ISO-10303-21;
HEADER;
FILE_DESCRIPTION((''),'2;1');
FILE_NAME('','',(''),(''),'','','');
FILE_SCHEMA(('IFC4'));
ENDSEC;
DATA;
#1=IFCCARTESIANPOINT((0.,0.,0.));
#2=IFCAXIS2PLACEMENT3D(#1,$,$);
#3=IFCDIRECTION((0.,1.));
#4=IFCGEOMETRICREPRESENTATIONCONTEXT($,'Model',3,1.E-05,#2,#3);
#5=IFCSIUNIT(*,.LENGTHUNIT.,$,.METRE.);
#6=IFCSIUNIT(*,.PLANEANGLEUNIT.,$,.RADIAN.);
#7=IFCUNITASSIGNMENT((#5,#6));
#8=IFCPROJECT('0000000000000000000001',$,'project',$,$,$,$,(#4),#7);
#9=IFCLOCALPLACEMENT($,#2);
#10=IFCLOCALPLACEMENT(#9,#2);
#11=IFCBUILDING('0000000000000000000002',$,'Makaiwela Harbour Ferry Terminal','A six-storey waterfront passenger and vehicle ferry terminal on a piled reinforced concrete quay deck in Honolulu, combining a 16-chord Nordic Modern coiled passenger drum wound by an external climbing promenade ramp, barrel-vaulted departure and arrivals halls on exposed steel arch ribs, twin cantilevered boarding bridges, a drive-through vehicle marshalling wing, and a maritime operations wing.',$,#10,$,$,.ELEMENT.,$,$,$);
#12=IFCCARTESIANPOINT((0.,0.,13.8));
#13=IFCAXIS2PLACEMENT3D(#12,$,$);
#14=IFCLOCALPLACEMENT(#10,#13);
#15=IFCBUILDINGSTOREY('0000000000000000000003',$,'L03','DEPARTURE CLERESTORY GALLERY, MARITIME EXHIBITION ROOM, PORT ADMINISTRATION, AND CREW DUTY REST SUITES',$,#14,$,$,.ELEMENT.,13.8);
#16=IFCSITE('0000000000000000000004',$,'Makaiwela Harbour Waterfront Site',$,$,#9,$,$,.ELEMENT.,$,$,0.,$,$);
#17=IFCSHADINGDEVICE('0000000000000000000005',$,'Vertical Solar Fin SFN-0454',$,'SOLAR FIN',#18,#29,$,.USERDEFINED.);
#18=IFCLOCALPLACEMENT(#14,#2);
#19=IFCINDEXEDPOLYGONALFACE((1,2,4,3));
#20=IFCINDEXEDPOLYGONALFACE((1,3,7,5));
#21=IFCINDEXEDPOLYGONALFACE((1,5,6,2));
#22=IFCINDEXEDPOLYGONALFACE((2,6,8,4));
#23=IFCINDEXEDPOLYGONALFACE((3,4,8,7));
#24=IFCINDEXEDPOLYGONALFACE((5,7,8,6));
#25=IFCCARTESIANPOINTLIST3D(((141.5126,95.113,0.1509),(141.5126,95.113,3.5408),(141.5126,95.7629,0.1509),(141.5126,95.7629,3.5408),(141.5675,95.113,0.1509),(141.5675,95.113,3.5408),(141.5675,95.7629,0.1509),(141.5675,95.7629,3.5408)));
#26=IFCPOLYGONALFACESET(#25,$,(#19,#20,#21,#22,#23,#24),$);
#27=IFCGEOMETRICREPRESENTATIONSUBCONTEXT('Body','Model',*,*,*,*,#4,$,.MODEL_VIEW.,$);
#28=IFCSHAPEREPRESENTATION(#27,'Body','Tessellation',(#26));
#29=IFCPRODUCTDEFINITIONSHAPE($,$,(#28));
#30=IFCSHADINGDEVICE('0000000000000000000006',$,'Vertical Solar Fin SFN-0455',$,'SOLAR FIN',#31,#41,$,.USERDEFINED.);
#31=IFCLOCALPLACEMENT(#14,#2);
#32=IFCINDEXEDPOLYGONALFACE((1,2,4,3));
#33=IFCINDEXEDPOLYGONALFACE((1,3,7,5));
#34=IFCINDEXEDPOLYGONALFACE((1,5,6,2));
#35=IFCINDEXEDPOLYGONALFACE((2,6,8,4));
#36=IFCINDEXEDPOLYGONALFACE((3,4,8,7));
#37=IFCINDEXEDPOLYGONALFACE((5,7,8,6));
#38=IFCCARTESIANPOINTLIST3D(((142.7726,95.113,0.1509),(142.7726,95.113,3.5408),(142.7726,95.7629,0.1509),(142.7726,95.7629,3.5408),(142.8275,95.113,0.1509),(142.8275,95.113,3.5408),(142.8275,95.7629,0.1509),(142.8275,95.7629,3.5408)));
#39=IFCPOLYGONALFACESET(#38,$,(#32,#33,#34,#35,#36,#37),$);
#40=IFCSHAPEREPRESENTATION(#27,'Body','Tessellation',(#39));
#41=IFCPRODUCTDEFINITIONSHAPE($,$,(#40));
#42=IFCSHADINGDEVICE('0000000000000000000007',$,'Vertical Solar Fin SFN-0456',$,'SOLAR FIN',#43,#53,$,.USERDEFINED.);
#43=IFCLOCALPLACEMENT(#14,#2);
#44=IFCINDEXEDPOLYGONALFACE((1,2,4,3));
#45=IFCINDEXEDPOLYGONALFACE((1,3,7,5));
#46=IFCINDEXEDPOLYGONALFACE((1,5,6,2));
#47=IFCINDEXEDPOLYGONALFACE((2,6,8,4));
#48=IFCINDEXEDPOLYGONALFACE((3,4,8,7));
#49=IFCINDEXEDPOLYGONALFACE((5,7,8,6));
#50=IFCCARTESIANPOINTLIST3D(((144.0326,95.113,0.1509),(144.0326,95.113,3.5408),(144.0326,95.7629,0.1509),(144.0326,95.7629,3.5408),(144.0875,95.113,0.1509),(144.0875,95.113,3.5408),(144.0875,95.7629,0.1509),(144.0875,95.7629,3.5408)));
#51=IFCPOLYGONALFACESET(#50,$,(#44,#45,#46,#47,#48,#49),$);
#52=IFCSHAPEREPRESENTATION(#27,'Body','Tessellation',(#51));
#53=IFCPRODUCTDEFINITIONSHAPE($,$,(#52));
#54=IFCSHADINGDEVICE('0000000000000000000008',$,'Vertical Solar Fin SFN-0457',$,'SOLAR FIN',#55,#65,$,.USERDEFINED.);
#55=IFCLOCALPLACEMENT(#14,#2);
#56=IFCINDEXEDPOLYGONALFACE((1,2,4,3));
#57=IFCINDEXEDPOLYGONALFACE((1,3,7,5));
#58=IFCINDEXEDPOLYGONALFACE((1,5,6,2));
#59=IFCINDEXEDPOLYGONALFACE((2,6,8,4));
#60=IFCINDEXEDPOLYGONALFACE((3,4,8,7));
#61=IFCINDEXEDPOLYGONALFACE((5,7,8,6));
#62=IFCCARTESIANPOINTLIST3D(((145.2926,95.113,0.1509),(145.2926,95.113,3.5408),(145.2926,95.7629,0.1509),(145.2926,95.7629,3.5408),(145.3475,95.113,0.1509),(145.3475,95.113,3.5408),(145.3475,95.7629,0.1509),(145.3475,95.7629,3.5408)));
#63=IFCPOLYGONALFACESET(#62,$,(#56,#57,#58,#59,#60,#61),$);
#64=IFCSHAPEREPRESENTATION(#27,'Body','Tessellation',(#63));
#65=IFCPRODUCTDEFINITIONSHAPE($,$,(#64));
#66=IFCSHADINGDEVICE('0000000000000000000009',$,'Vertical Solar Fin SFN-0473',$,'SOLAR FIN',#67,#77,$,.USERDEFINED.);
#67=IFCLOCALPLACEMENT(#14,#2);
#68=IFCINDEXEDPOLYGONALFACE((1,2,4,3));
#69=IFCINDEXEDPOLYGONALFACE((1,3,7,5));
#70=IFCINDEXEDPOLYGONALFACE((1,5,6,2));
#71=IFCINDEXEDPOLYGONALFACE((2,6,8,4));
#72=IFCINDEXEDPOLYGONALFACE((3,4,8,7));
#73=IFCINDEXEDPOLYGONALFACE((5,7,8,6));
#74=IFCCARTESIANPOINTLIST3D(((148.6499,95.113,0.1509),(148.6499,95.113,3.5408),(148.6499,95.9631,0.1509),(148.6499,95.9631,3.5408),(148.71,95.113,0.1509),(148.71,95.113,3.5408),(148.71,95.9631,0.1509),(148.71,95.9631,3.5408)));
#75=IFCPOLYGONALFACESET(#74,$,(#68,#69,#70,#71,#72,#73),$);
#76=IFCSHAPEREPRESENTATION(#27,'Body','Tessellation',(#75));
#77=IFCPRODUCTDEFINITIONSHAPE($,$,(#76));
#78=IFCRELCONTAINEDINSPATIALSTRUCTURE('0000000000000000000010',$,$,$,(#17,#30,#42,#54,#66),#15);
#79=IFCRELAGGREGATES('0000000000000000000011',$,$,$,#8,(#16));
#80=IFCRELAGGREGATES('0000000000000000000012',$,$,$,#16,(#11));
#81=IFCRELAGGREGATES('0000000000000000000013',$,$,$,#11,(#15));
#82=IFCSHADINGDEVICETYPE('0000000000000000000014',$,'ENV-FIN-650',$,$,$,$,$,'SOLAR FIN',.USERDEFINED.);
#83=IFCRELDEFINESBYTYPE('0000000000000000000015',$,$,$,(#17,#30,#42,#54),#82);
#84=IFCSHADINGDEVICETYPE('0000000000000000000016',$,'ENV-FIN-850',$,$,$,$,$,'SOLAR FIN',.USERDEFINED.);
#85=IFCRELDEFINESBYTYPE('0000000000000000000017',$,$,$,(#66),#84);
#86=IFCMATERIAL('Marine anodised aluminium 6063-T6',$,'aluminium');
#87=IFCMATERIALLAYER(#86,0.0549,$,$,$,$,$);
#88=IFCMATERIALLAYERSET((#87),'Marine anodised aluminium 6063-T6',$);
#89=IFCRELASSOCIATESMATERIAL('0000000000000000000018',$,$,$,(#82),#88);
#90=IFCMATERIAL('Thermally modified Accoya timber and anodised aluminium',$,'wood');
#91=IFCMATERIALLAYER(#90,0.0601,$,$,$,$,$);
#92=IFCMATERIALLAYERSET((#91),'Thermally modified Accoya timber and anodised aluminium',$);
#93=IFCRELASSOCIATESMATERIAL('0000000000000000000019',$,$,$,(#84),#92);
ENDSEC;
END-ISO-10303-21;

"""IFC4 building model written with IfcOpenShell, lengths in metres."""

from ifc_helpers import new_model, si_unit, direction, frame, origin, origin_2d, place, context, subcontext, project, spatial, rectangle, extrude, material, layer, layer_set, type_object, element, save


model = new_model("IFC4")

# Units and contexts
model_context = context("Model", 3, precision=1e-05, world=origin(), true_north=direction((0.0, 1.0)))
body_context = subcontext(model_context, "Body", "Model", "MODEL_VIEW")
ifc_project = project(units=[si_unit("LENGTHUNIT", "METRE"), si_unit("PLANEANGLEUNIT", "RADIAN")], contexts=[model_context])

# Site, building, storey
site_placement = place(None, origin())
site = spatial("IfcSite", under=ifc_project, at=site_placement, Name="Makaiwela Harbour Waterfront Site", CompositionType="ELEMENT", RefElevation=0.0)
building_placement = place(site_placement, origin())
building = spatial("IfcBuilding", under=site, at=building_placement, Name="Makaiwela Harbour Ferry Terminal", Description="A six-storey waterfront passenger and vehicle ferry terminal on a piled reinforced concrete quay deck in Honolulu, combining a 16-chord Nordic Modern coiled passenger drum wound by an external climbing promenade ramp, barrel-vaulted departure and arrivals halls on exposed steel arch ribs, twin cantilevered boarding bridges, a drive-through vehicle marshalling wing, and a maritime operations wing.", CompositionType="ELEMENT")
storey_placement = place(building_placement, frame((0.0, 0.0, 13.8)))
storey = spatial("IfcBuildingStorey", under=building, at=storey_placement, Name="L03", Description="DEPARTURE CLERESTORY GALLERY, MARITIME EXHIBITION ROOM, PORT ADMINISTRATION, AND CREW DUTY REST SUITES", CompositionType="ELEMENT", Elevation=13.8)

# Shared definitions
ifc_material_1 = material(Name="Marine anodised aluminium 6063-T6", Category="aluminium")

# Shading devices
ifc_layer_1 = layer(ifc_material_1, 0.0549)
ifc_layer_set_1 = layer_set([ifc_layer_1], Name="Marine anodised aluminium 6063-T6")
shading_device_type_1 = type_object("IfcShadingDeviceType", Name="ENV-FIN-650", ElementType="SOLAR FIN", PredefinedType="USERDEFINED", material=ifc_layer_set_1)
for number, where, z_axis, x_axis, name in (
    (1, (141.54, 95.438, 0.1509), (0.0, 0.0, 1.0), (0.0, 1.0, 0.0), "Vertical Solar Fin SFN-0454"),
    (2, (142.8, 95.438, 0.1509), (0.0, 0.0, 1.0), (0.0, 1.0, 0.0), "Vertical Solar Fin SFN-0455"),
    (3, (144.0601, 95.438, 0.1509), (0.0, 0.0, 1.0), (0.0, 1.0, 0.0), "Vertical Solar Fin SFN-0456"),
    (4, (145.3201, 95.438, 0.1509), (0.0, 0.0, 1.0), (0.0, 1.0, 0.0), "Vertical Solar Fin SFN-0457"),
):
    element("IfcShadingDevice", number, at=place(storey_placement, frame(where, z_axis=z_axis, x_axis=x_axis)), inside=storey, type_object=shading_device_type_1, Name=name, ObjectType="SOLAR FIN", PredefinedType="USERDEFINED", context=body_context, shape_type="SweptSolid", body=[
        extrude(rectangle(XDim=0.6499, YDim=0.0549, at=origin_2d()), origin(), (0.0, 0.0, 1.0), 3.3899),
    ])
ifc_material_2 = material(Name="Thermally modified Accoya timber and anodised aluminium", Category="wood")
ifc_layer_2 = layer(ifc_material_2, 0.0601)
ifc_layer_set_2 = layer_set([ifc_layer_2], Name="Thermally modified Accoya timber and anodised aluminium")
shading_device_type_2 = type_object("IfcShadingDeviceType", Name="ENV-FIN-850", ElementType="SOLAR FIN", PredefinedType="USERDEFINED", material=ifc_layer_set_2)
shading_device_placement = place(storey_placement, frame((148.6799, 95.5381, 0.1509), z_axis=(0.0, 0.0, 1.0), x_axis=(0.0, 1.0, 0.0)))
element("IfcShadingDevice", 5, at=shading_device_placement, inside=storey, type_object=shading_device_type_2, Name="Vertical Solar Fin SFN-0473", ObjectType="SOLAR FIN", PredefinedType="USERDEFINED", context=body_context, shape_type="SweptSolid", body=[
    extrude(rectangle(XDim=0.8501, YDim=0.0601, at=origin_2d()), origin(), (0.0, 0.0, 1.0), 3.3899),
])

save(model, "model.ifc")
